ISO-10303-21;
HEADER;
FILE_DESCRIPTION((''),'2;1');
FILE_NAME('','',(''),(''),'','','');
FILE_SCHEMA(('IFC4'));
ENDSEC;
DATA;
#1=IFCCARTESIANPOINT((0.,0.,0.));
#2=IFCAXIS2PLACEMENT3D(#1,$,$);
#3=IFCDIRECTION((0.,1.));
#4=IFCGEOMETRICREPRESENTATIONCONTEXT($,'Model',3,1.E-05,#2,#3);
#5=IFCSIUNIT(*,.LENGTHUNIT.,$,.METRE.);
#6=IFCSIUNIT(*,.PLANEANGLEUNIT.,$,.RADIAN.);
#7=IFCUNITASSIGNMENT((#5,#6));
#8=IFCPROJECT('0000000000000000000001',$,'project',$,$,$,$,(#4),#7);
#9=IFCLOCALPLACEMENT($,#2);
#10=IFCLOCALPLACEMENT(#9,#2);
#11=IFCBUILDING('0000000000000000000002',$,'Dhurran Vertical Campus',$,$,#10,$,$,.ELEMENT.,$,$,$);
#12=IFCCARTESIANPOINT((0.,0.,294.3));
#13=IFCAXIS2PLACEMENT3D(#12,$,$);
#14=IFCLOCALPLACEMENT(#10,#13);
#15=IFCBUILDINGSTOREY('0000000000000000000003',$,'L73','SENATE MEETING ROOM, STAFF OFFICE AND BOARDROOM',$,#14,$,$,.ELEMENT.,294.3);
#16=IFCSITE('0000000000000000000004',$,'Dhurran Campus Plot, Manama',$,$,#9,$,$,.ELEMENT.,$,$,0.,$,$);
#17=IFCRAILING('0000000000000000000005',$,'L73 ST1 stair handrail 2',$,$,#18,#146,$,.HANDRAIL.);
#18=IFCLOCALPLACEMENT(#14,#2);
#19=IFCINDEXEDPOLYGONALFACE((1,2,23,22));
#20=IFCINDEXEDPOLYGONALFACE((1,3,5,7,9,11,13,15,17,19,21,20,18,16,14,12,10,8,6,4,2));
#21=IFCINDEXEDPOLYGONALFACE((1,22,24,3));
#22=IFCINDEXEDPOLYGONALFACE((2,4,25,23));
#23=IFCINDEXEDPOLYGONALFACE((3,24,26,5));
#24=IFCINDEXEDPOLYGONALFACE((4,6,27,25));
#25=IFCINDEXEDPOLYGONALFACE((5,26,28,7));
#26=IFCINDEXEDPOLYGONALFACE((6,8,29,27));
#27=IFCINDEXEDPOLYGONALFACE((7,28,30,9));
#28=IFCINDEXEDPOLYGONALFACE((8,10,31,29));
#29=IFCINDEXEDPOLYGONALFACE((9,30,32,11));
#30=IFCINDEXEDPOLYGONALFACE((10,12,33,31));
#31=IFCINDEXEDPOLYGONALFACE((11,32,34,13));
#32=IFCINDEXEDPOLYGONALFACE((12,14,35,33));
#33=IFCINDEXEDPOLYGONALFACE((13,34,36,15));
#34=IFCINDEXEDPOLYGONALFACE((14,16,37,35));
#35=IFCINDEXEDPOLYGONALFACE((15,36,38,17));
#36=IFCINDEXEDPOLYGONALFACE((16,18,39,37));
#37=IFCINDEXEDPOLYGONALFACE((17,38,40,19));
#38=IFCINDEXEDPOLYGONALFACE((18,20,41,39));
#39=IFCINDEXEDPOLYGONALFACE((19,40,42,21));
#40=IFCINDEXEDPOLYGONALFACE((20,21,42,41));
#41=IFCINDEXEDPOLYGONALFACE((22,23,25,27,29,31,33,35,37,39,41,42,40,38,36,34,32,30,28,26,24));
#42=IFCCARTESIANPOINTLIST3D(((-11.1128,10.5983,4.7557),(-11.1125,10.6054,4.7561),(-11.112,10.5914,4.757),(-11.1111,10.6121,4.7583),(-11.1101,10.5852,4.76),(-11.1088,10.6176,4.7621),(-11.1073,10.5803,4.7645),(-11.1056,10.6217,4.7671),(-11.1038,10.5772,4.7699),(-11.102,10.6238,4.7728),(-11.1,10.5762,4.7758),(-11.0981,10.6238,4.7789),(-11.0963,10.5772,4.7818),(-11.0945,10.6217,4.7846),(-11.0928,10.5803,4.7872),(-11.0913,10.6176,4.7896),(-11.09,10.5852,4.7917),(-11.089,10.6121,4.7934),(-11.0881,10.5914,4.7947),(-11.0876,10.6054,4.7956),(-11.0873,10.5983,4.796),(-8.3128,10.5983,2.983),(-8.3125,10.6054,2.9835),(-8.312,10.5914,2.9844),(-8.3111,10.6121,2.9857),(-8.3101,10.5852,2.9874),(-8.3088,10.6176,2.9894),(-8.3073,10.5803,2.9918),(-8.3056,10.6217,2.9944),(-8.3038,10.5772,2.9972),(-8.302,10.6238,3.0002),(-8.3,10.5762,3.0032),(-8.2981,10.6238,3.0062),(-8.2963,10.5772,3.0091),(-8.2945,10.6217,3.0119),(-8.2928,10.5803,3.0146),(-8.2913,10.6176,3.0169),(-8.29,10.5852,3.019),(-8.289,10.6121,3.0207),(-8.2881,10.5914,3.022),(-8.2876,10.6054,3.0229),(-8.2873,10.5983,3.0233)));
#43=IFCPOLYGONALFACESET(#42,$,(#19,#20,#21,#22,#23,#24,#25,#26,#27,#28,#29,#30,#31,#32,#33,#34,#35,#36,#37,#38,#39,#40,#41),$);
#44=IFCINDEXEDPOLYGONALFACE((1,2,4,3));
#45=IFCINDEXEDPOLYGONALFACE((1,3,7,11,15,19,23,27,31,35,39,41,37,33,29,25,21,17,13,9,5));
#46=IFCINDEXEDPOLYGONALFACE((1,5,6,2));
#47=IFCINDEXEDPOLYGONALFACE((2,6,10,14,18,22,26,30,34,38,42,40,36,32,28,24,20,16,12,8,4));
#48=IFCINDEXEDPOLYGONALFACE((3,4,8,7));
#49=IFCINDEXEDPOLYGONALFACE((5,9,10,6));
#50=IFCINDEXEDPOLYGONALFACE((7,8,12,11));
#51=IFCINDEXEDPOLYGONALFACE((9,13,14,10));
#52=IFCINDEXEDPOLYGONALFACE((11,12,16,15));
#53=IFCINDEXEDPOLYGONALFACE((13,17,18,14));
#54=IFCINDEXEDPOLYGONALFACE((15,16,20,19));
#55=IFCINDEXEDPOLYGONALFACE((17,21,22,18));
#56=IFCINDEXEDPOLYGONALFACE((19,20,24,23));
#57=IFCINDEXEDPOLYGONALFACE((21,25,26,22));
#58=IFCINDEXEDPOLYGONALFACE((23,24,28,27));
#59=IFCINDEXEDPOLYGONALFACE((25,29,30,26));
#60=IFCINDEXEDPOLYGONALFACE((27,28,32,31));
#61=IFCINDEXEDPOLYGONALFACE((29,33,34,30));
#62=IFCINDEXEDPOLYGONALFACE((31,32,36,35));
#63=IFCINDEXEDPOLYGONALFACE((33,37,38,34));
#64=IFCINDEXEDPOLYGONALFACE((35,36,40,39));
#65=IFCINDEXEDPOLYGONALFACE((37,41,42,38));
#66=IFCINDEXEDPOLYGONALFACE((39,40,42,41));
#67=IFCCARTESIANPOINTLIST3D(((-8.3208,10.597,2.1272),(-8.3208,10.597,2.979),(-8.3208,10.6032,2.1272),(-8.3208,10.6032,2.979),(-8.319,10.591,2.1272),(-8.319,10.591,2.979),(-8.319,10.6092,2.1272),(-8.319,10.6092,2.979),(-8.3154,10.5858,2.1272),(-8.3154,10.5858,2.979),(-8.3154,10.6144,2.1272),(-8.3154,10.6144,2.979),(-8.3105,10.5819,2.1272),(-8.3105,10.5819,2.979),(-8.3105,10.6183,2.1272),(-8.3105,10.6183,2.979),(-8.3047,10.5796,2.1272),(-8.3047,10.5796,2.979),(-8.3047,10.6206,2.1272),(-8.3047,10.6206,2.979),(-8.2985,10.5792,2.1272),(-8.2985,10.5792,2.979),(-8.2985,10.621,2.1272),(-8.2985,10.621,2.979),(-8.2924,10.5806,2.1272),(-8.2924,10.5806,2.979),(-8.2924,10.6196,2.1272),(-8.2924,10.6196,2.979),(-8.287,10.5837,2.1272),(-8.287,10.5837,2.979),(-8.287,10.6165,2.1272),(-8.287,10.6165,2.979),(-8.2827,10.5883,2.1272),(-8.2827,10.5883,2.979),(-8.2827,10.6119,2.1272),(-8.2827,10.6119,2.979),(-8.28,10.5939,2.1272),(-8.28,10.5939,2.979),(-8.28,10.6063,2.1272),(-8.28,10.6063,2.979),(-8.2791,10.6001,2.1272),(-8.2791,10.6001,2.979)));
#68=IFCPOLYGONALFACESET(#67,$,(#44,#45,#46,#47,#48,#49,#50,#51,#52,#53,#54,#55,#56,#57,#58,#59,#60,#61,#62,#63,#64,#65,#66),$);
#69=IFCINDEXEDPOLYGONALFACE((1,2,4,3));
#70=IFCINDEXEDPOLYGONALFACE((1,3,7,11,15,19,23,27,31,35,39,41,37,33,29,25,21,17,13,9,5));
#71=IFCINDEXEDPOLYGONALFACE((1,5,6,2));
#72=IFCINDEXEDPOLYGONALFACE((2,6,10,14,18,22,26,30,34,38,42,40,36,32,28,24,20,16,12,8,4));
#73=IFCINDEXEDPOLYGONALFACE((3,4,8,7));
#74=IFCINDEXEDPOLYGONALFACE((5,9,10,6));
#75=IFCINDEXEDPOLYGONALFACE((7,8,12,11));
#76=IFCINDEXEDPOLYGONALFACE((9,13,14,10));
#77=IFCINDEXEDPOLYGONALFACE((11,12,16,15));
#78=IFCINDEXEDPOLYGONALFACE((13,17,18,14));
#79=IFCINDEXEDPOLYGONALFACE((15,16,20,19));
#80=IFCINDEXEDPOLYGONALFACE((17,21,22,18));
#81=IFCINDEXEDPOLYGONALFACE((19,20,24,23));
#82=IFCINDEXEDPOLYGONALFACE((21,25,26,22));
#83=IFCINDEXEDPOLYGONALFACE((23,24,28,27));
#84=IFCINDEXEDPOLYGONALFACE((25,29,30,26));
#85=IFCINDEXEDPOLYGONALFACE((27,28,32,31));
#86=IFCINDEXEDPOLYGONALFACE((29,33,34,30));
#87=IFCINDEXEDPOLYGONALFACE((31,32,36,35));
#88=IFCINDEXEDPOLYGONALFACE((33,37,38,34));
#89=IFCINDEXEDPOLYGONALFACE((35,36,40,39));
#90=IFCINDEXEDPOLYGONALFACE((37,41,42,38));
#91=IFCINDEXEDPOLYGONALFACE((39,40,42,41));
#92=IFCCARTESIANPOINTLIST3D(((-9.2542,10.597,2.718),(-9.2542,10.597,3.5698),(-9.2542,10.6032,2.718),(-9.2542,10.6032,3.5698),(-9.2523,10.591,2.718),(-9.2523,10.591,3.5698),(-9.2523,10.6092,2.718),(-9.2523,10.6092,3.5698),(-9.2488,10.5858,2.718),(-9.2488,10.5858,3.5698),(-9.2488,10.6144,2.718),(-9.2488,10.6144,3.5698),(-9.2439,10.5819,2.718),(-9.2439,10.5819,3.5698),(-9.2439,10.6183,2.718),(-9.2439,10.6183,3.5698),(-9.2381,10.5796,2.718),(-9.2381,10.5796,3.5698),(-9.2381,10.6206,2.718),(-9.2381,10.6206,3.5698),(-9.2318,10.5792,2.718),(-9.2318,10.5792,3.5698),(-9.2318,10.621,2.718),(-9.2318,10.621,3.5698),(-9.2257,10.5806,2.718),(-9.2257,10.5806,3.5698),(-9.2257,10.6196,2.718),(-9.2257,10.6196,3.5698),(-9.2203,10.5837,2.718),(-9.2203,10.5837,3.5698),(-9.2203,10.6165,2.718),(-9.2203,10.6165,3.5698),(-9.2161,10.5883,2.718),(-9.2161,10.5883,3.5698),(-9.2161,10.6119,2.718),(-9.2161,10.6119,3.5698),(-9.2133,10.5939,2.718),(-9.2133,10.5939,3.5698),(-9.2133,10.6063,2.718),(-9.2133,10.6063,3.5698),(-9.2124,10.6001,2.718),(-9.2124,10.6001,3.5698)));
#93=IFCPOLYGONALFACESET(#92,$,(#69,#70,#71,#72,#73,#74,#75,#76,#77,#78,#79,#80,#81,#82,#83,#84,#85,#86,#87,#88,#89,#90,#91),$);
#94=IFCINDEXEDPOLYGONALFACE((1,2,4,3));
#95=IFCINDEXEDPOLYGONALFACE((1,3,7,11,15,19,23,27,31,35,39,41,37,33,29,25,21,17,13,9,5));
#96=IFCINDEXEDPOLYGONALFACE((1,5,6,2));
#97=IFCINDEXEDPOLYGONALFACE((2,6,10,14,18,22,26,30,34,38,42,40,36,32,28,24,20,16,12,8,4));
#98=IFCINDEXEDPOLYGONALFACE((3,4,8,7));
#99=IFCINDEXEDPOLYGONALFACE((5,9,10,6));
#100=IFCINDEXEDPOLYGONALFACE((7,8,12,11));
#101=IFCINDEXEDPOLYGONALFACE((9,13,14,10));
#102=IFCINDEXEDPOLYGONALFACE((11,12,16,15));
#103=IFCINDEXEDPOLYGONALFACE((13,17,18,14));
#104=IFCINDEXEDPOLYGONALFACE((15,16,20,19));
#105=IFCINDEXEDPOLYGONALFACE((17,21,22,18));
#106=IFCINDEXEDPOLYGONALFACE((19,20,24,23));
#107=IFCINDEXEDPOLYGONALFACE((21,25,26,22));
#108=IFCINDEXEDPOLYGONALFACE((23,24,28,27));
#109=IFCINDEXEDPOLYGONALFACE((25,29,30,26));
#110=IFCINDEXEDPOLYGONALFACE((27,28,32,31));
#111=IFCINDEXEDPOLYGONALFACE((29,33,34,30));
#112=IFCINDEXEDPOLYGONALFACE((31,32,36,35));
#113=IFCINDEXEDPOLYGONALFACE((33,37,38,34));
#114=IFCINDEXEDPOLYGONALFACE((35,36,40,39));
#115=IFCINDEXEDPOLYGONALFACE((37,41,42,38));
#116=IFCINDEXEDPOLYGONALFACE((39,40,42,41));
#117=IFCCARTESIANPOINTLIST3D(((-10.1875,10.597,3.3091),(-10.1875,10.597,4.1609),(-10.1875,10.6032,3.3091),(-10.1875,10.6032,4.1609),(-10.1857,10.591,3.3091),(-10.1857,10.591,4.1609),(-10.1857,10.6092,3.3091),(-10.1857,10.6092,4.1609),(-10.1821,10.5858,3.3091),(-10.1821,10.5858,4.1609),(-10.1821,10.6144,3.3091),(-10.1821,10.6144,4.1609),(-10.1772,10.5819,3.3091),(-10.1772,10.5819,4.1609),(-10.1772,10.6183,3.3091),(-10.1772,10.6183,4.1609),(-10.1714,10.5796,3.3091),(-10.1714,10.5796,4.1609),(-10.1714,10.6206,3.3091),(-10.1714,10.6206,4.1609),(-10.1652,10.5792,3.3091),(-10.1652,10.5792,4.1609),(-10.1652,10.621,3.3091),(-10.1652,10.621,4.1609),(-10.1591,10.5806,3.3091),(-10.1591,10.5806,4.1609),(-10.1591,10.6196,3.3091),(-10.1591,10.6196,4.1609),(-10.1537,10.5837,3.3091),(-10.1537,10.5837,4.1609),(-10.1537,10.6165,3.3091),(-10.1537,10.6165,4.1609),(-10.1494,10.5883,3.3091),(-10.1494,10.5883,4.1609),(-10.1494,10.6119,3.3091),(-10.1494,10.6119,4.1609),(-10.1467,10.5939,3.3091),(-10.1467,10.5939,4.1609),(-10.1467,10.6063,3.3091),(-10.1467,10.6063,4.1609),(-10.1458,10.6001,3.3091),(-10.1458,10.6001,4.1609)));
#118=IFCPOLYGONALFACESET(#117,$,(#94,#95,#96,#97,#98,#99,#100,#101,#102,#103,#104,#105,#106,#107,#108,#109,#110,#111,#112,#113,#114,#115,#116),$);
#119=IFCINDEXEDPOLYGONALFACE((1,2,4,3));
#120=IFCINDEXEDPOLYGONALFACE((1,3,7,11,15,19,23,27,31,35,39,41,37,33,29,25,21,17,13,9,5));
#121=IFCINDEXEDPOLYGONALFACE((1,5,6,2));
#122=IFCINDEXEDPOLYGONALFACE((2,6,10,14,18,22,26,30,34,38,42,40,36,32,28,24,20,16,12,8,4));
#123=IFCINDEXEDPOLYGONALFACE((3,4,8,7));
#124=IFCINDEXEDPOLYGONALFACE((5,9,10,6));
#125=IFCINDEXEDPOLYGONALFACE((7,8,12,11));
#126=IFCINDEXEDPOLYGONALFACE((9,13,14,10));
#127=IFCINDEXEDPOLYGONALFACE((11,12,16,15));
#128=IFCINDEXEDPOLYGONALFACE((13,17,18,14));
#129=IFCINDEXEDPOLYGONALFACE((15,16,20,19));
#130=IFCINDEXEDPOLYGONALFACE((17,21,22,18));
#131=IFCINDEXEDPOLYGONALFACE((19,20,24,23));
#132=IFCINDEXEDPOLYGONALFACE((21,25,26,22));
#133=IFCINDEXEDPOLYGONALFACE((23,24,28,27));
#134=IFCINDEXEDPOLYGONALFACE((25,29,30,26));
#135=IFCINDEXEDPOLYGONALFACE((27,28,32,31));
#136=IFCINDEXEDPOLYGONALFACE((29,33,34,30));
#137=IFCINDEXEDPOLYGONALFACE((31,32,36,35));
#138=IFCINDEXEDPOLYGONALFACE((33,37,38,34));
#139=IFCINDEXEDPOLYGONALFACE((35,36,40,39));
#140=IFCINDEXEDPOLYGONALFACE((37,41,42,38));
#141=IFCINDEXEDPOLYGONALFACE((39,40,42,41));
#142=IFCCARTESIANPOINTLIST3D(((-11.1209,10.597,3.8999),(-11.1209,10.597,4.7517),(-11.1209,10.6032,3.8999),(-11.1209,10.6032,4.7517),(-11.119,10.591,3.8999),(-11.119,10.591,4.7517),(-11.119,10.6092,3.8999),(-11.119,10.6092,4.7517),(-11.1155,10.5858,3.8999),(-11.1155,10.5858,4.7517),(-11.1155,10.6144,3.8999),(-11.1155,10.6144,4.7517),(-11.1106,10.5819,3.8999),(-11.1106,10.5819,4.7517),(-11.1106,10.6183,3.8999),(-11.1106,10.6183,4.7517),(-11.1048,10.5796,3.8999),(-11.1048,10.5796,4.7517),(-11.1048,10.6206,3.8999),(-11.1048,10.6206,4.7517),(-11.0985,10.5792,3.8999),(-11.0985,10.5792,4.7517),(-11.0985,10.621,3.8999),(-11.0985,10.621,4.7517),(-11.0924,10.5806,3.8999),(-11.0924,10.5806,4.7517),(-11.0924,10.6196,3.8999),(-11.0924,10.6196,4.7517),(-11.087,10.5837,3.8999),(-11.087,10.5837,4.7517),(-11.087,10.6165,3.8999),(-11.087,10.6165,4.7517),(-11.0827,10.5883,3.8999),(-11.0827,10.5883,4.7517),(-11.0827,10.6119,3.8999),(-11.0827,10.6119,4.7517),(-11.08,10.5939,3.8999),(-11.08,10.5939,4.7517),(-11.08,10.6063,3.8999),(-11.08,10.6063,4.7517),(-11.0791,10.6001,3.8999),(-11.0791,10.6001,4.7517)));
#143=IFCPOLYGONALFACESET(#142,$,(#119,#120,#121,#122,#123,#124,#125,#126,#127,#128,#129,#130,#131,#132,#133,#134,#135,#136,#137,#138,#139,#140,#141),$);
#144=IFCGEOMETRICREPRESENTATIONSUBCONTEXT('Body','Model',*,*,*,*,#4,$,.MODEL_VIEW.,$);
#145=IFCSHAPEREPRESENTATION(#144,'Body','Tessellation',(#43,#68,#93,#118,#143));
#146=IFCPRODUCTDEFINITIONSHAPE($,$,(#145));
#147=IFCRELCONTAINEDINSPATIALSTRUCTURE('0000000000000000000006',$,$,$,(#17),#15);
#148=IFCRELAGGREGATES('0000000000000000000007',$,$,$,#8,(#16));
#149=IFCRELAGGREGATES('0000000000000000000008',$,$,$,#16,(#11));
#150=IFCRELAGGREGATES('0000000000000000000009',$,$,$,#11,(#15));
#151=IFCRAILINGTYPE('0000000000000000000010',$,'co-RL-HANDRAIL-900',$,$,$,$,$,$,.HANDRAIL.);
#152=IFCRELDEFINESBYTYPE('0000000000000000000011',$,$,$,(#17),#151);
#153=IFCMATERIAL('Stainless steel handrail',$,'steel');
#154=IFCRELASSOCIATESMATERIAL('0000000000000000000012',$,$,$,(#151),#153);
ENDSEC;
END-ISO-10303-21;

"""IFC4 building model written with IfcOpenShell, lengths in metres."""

from ifc_helpers import new_model, si_unit, direction, frame, origin, origin_2d, place, context, subcontext, project, spatial, circle, extrude, material, type_object, element, save


model = new_model("IFC4")

# Units and contexts
model_context = context("Model", 3, precision=1e-05, world=origin(), true_north=direction((0.0, 1.0)))
body_context = subcontext(model_context, "Body", "Model", "MODEL_VIEW")
ifc_project = project(units=[si_unit("LENGTHUNIT", "METRE"), si_unit("PLANEANGLEUNIT", "RADIAN")], contexts=[model_context])

# Site, building, storey
site_placement = place(None, origin())
site = spatial("IfcSite", under=ifc_project, at=site_placement, Name="Dhurran Campus Plot, Manama", CompositionType="ELEMENT", RefElevation=0.0)
building_placement = place(site_placement, origin())
building = spatial("IfcBuilding", under=site, at=building_placement, Name="Dhurran Vertical Campus", CompositionType="ELEMENT")
storey_placement = place(building_placement, frame((0.0, 0.0, 294.3)))
storey = spatial("IfcBuildingStorey", under=building, at=storey_placement, Name="L73", Description="SENATE MEETING ROOM, STAFF OFFICE AND BOARDROOM", CompositionType="ELEMENT", Elevation=294.3)

# Railing
ifc_material_1 = material(Name="Stainless steel handrail", Category="steel")
railing_type_1 = type_object("IfcRailingType", Name="co-RL-HANDRAIL-900", PredefinedType="HANDRAIL", material=ifc_material_1)
railing_1_placement = place(storey_placement, frame((-8.3, 10.6001, 2.1272)))
element("IfcRailing", 1, at=railing_1_placement, inside=storey, type_object=railing_type_1, Name="L73 ST1 stair handrail 2", PredefinedType="HANDRAIL", context=body_context, shape_type="SweptSolid", body=[
    extrude(circle(Radius=0.0239, at=origin_2d()), frame((0.0, 0.0, 0.876), z_axis=(-0.844909, 0.0, 0.53491), x_axis=(0.0, -1.0, 0.0)), (0.0, 0.0, 1.0), 3.314),
    extrude(circle(Radius=0.021, at=origin_2d()), origin(), (0.0, 0.0, 1.0), 0.8518),
    extrude(circle(Radius=0.021, at=origin_2d()), frame((-0.9333, 0.0, 0.5908)), (0.0, 0.0, 1.0), 0.8518),
    extrude(circle(Radius=0.021, at=origin_2d()), frame((-1.8667, 0.0, 1.1819)), (0.0, 0.0, 1.0), 0.8518),
    extrude(circle(Radius=0.021, at=origin_2d()), frame((-2.8, 0.0, 1.7727)), (0.0, 0.0, 1.0), 0.8518),
])

save(model, "model.ifc")
